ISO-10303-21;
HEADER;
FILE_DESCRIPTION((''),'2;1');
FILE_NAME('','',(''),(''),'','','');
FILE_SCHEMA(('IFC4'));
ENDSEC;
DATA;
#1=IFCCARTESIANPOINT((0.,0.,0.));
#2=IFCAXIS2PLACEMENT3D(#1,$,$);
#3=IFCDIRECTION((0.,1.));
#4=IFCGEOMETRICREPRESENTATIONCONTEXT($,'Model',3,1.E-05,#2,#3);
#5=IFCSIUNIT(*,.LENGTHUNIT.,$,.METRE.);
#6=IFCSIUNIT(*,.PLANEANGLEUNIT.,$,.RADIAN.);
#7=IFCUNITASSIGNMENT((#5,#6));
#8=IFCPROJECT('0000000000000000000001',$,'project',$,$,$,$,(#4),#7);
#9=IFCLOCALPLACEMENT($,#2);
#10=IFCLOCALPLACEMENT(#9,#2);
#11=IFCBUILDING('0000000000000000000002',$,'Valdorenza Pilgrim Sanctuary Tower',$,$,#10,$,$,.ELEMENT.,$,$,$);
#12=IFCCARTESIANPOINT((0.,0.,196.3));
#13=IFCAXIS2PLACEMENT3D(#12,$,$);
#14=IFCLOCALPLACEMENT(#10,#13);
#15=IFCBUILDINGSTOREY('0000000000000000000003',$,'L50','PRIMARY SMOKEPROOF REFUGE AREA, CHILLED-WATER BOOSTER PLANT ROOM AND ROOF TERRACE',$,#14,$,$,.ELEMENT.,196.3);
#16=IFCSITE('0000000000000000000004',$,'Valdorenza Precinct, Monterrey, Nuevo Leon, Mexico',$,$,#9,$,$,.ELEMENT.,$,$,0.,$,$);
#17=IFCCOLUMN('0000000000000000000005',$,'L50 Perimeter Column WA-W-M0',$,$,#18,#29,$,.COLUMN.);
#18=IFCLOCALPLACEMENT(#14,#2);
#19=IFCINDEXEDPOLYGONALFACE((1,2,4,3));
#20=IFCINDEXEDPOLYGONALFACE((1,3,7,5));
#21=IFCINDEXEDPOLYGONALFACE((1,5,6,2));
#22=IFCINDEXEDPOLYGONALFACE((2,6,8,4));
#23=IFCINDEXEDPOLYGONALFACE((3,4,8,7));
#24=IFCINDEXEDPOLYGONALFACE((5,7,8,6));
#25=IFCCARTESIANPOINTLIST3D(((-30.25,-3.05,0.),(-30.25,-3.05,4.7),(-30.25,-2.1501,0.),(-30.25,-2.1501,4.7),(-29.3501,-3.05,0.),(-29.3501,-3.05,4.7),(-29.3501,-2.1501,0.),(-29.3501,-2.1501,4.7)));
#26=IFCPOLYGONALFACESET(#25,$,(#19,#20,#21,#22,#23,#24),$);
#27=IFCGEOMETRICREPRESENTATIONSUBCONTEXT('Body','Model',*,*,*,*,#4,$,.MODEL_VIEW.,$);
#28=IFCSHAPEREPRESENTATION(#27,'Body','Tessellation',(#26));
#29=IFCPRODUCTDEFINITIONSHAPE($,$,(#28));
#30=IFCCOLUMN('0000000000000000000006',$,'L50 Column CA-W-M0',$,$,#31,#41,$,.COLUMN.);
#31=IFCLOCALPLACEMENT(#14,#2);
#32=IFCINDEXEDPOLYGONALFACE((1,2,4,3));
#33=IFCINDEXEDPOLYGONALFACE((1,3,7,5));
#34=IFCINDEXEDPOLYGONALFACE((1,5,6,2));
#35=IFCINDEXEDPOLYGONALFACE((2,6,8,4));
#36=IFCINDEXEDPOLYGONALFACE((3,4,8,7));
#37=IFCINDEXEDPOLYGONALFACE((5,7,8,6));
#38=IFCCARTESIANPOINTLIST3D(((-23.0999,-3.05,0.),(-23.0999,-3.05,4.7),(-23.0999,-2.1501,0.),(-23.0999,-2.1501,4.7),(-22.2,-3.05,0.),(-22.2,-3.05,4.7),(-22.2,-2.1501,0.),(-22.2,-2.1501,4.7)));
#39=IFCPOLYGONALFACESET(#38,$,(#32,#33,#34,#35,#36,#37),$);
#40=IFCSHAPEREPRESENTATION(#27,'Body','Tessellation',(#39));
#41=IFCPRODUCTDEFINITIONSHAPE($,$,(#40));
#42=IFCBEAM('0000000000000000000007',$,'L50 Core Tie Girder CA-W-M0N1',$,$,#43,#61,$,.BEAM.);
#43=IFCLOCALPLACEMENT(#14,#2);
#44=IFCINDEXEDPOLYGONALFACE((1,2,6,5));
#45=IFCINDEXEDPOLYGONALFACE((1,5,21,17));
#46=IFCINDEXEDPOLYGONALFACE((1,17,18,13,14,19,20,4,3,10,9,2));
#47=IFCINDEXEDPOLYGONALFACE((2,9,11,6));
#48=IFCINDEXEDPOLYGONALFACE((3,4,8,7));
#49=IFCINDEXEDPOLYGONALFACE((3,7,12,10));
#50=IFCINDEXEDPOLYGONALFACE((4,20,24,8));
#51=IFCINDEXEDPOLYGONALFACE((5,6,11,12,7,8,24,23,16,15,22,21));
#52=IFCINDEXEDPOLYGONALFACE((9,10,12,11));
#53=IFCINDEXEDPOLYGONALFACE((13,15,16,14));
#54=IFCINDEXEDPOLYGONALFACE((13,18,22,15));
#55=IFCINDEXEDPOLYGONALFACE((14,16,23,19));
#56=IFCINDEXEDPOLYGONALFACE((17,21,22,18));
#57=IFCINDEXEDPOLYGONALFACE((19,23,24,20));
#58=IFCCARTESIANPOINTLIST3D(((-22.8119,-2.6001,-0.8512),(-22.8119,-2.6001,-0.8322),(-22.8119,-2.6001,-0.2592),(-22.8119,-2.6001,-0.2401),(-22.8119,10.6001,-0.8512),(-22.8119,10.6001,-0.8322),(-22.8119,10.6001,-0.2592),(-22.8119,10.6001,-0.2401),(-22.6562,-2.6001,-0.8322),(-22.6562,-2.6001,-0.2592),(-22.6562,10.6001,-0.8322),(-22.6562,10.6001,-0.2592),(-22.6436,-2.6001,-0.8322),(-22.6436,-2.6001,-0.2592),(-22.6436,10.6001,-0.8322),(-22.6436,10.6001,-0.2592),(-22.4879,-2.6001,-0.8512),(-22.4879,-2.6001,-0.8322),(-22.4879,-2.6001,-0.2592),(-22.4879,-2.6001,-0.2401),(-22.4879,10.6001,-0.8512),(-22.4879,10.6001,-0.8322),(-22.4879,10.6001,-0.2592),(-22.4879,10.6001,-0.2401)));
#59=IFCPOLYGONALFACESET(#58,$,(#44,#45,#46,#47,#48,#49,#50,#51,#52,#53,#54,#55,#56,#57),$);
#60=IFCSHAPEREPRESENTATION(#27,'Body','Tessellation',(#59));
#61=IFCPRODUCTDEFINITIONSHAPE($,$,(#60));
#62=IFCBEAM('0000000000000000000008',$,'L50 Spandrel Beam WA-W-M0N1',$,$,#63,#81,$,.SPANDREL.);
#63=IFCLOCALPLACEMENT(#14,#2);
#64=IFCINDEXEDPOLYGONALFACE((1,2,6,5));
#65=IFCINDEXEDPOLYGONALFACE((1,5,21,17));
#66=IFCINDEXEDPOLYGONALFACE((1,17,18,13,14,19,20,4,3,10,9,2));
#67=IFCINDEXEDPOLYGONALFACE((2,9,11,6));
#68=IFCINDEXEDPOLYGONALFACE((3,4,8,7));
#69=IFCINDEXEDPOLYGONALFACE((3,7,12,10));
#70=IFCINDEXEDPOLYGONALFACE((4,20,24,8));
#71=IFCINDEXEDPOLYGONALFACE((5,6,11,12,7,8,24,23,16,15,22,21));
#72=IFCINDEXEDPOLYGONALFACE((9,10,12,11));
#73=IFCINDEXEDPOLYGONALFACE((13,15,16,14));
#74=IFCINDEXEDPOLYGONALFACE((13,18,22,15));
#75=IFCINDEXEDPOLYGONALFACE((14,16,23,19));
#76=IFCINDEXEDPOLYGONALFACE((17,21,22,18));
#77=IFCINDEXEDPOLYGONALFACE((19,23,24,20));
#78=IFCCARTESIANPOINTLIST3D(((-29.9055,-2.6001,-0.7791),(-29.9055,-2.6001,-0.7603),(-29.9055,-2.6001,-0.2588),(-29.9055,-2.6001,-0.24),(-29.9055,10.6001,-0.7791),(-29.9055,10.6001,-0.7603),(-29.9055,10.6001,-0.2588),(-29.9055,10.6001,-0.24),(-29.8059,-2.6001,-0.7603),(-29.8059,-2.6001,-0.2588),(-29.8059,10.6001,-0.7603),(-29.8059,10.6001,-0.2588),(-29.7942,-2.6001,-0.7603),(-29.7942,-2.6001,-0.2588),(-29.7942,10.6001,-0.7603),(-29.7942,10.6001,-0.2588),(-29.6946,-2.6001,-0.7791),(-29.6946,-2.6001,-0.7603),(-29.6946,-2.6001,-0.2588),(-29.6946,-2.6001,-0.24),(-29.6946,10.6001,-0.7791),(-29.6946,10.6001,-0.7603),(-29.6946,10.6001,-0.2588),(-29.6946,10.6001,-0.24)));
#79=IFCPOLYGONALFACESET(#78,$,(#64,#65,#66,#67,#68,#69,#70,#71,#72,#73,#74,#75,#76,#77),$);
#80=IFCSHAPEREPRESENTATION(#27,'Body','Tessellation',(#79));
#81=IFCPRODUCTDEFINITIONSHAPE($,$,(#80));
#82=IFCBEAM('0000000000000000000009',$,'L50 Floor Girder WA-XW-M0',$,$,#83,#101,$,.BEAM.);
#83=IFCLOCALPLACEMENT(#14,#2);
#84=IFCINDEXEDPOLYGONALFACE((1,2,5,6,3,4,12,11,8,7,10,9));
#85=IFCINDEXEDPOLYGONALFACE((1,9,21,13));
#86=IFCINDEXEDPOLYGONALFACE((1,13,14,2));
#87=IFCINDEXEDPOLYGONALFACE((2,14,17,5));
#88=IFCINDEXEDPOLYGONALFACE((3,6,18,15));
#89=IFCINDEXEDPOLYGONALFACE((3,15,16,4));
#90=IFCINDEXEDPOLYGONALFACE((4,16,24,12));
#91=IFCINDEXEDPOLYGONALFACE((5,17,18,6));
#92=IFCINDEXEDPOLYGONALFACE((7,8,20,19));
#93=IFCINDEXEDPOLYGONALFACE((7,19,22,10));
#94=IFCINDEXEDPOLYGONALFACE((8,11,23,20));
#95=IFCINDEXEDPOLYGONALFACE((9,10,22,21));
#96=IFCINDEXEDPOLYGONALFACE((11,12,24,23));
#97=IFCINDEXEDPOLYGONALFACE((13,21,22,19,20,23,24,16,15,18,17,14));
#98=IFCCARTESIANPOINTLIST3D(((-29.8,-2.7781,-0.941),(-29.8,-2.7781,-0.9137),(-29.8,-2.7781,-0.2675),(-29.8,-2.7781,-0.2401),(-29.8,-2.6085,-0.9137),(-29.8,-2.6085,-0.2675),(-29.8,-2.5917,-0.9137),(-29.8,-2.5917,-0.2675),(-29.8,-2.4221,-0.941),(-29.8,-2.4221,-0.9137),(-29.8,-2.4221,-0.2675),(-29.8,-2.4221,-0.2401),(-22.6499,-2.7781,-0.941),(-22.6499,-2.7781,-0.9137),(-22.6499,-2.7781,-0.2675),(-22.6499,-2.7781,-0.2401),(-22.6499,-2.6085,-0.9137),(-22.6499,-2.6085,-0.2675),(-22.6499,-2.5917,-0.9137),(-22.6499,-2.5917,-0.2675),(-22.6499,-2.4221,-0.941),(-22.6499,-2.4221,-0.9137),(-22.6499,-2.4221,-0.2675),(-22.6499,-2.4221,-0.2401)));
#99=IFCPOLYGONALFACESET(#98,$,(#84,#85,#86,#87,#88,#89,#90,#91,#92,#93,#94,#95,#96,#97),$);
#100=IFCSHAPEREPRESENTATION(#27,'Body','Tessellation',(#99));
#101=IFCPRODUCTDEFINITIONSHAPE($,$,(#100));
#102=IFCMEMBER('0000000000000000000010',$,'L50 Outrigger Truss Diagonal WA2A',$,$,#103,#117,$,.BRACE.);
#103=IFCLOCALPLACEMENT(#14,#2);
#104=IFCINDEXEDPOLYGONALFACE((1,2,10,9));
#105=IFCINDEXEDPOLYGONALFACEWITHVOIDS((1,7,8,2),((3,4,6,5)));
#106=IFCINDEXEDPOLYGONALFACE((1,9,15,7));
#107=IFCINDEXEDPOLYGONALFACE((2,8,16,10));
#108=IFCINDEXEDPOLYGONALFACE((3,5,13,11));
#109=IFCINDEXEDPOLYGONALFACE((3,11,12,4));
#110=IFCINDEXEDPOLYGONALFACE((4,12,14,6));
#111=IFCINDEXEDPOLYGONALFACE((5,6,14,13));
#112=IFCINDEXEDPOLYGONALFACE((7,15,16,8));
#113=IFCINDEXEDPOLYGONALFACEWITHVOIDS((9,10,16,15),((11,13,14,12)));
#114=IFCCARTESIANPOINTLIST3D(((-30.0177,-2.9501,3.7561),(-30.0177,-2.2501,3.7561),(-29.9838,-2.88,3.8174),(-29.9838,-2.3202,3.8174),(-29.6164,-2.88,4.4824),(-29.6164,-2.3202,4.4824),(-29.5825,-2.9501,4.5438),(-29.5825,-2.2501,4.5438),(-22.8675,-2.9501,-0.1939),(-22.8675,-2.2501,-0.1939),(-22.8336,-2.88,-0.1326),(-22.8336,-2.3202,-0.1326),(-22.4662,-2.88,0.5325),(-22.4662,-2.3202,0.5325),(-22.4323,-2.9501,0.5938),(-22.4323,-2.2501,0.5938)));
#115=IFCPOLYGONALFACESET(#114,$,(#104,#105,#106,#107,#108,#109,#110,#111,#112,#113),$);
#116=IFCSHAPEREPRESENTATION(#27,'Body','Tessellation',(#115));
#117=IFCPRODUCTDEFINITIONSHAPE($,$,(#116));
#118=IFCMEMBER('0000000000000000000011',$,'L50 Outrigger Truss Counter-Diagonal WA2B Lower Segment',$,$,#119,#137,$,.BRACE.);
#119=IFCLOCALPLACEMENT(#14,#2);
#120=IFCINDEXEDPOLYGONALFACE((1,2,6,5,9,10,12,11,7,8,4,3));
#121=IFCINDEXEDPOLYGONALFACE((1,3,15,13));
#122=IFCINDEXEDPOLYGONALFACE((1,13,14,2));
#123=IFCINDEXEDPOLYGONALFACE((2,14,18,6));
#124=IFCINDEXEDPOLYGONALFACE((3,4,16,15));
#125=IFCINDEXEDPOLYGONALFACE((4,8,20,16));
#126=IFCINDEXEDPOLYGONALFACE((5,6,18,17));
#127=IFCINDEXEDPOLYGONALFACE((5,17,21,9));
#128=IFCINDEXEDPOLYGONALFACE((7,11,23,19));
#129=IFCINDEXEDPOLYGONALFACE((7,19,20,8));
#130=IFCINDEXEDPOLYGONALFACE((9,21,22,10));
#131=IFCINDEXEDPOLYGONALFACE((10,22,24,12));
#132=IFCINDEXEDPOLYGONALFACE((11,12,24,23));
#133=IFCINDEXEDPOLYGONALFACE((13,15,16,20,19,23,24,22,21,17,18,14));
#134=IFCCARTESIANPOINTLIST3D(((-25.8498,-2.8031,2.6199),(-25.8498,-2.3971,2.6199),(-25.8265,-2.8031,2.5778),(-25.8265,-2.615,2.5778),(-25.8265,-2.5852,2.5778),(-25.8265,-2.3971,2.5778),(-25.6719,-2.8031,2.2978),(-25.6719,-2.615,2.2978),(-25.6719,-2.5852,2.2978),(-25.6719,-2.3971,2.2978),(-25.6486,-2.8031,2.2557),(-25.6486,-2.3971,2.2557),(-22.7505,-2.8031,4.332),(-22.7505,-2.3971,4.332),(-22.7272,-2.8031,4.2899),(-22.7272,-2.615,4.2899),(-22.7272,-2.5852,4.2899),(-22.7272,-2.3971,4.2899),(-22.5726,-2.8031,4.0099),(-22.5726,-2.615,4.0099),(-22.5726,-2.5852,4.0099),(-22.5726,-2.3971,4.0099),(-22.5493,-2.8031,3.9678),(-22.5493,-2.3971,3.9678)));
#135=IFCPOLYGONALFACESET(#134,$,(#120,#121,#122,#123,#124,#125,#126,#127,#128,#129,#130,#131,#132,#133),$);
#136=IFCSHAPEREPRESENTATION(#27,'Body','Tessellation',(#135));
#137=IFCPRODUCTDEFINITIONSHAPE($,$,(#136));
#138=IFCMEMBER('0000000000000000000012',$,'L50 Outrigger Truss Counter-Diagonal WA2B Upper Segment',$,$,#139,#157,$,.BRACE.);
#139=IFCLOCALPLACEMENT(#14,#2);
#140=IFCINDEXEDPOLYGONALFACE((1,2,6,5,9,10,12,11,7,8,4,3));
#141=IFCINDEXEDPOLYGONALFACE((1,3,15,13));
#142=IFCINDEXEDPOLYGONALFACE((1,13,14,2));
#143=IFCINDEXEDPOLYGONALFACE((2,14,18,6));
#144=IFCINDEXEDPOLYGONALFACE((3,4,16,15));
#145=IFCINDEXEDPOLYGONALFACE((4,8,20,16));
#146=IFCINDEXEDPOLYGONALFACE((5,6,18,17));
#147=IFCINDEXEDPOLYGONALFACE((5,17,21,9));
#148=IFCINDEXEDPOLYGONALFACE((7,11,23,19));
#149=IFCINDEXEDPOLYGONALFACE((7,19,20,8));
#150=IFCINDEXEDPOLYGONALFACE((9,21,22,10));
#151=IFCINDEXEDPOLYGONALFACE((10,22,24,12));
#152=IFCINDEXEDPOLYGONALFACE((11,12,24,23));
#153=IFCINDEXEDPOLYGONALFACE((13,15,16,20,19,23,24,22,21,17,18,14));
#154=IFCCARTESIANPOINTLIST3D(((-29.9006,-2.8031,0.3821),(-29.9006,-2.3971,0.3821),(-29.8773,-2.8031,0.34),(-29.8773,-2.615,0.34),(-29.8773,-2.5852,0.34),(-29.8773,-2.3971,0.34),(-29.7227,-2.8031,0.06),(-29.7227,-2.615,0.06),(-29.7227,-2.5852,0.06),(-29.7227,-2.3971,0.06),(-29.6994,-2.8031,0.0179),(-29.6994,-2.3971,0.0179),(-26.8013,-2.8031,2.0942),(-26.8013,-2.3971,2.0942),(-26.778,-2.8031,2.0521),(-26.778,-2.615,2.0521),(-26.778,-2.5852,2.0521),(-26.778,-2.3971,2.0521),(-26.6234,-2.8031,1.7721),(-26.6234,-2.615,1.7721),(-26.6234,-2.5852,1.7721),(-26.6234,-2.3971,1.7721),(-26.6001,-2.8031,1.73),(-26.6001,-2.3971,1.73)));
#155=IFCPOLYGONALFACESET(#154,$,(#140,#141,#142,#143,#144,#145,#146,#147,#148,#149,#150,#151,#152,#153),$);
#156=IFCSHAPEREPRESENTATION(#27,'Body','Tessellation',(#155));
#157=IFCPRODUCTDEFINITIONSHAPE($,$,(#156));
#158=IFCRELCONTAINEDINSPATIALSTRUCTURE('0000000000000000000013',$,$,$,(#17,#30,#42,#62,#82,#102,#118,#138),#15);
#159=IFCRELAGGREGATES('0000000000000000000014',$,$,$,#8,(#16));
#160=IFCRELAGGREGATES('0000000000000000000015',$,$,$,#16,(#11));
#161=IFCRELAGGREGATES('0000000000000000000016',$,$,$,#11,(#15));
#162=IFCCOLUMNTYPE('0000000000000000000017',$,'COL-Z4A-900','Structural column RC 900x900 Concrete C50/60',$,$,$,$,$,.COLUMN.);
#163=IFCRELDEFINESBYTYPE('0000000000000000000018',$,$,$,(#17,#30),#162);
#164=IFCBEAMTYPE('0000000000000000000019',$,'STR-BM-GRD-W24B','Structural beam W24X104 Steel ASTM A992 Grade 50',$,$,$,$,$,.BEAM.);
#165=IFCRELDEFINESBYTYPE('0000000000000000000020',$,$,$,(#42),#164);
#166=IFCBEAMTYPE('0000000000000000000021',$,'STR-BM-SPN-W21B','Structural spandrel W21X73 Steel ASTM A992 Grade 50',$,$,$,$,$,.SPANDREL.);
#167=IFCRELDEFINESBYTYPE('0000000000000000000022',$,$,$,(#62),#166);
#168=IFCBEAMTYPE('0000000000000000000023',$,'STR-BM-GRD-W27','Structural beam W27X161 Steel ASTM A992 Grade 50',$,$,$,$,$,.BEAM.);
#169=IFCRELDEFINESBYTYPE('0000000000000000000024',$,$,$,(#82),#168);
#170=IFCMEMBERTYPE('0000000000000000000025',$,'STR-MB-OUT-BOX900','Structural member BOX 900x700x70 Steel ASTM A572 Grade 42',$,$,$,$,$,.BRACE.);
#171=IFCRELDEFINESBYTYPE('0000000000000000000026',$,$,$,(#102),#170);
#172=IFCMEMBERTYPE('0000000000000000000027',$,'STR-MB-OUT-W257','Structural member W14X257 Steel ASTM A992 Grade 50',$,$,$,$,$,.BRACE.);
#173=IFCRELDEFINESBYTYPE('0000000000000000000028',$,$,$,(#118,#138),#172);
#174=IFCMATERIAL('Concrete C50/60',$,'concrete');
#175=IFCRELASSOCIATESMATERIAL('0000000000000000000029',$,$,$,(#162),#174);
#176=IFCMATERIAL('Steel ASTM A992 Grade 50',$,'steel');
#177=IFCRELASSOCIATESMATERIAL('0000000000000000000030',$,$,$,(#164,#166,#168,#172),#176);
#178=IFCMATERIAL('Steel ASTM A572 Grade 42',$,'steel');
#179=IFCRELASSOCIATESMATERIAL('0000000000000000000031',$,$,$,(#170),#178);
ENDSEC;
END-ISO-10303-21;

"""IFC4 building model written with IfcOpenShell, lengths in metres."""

from ifc_helpers import new_model, si_unit, direction, frame, origin, origin_2d, place, context, subcontext, project, spatial, rectangle, hollow_rectangle, i_section, extrude, source, transform, mapped, material, material_profile, profile_set, type_object, element, save


model = new_model("IFC4")

# Units and contexts
model_context = context("Model", 3, precision=1e-05, world=origin(), true_north=direction((0.0, 1.0)))
body_context = subcontext(model_context, "Body", "Model", "MODEL_VIEW")
ifc_project = project(units=[si_unit("LENGTHUNIT", "METRE"), si_unit("PLANEANGLEUNIT", "RADIAN")], contexts=[model_context])

# Site, building, storey
site_placement = place(None, origin())
site = spatial("IfcSite", under=ifc_project, at=site_placement, Name="Valdorenza Precinct, Monterrey, Nuevo Leon, Mexico", CompositionType="ELEMENT", RefElevation=0.0)
building_placement = place(site_placement, origin())
building = spatial("IfcBuilding", under=site, at=building_placement, Name="Valdorenza Pilgrim Sanctuary Tower", CompositionType="ELEMENT")
storey_placement = place(building_placement, frame((0.0, 0.0, 196.3)))
storey = spatial("IfcBuildingStorey", under=building, at=storey_placement, Name="L50", Description="PRIMARY SMOKEPROOF REFUGE AREA, CHILLED-WATER BOOSTER PLANT ROOM AND ROOF TERRACE", CompositionType="ELEMENT", Elevation=196.3)

# Columns
ifc_material_1 = material(Name="Concrete C50/60", Category="concrete")
ifc_material_profile_1 = material_profile(ifc_material_1, rectangle(XDim=0.8999, YDim=0.8999, at=origin_2d()), Name="RC 900x900")
ifc_profile_set_1 = profile_set([ifc_material_profile_1], Name="Concrete C50/60")
column_type = type_object("IfcColumnType", Name="COL-Z4A-900", Description="Structural column RC 900x900 Concrete C50/60", PredefinedType="COLUMN", material=ifc_profile_set_1)
shared_shape_1 = source(origin(), body_context, "Body", "SweptSolid", [
    extrude(rectangle(XDim=0.8999, YDim=0.8999, at=origin_2d()), origin(), (0.0, 0.0, 1.0), 4.7),
])
for number, where, z_axis, x_axis, name in (
    (1, (-29.8, -2.6001, 0.0), (0.0, 0.0, 1.0), (1.0, 0.0, 0.0), "L50 Perimeter Column WA-W-M0"),
    (2, (-22.6499, -2.6001, 0.0), (0.0, 0.0, 1.0), (1.0, 0.0, 0.0), "L50 Column CA-W-M0"),
):
    element("IfcColumn", number, at=place(storey_placement, frame(where, z_axis=z_axis, x_axis=x_axis)), inside=storey, type_object=column_type, Name=name, PredefinedType="COLUMN", context=body_context, shape_type="MappedRepresentation", body=[
        mapped(shared_shape_1, transform((0.0, 0.0, 0.0), x_axis=(1.0, 0.0, 0.0), y_axis=(0.0, 1.0, 0.0), z_axis=(0.0, 0.0, 1.0), scale=1.0)),
    ])

# Beams
ifc_material_2 = material(Name="Steel ASTM A992 Grade 50", Category="steel")
ifc_material_profile_2 = material_profile(ifc_material_2, i_section(OverallWidth=0.324, OverallDepth=0.6111, WebThickness=0.0127, FlangeThickness=0.019, at=origin_2d()), Name="W24X104")
ifc_profile_set_2 = profile_set([ifc_material_profile_2], Name="Steel ASTM A992 Grade 50")
beam_type_1 = type_object("IfcBeamType", Name="STR-BM-GRD-W24B", Description="Structural beam W24X104 Steel ASTM A992 Grade 50", PredefinedType="BEAM", material=ifc_profile_set_2)
shared_shape_2 = source(origin(), body_context, "Body", "SweptSolid", [
    extrude(i_section(OverallWidth=0.324, OverallDepth=0.6111, WebThickness=0.0127, FlangeThickness=0.019, at=origin_2d()), origin(), (0.0, 0.0, 1.0), 13.2002),
])
beam_1_placement = place(storey_placement, frame((-22.6499, -2.6001, -0.5457), z_axis=(0.0, 1.0, 0.0), x_axis=(-1.0, 0.0, 0.0)))
element("IfcBeam", 3, at=beam_1_placement, inside=storey, type_object=beam_type_1, Name="L50 Core Tie Girder CA-W-M0N1", PredefinedType="BEAM", context=body_context, shape_type="MappedRepresentation", body=[
    mapped(shared_shape_2, transform((0.0, 0.0, 0.0), x_axis=(1.0, 0.0, 0.0), y_axis=(0.0, 1.0, 0.0), z_axis=(0.0, 0.0, 1.0), scale=1.0)),
])
ifc_material_profile_3 = material_profile(ifc_material_2, i_section(OverallWidth=0.2109, OverallDepth=0.5391, WebThickness=0.0117, FlangeThickness=0.0188, at=origin_2d()), Name="W21X73")
ifc_profile_set_3 = profile_set([ifc_material_profile_3], Name="Steel ASTM A992 Grade 50")
beam_type_2 = type_object("IfcBeamType", Name="STR-BM-SPN-W21B", Description="Structural spandrel W21X73 Steel ASTM A992 Grade 50", PredefinedType="SPANDREL", material=ifc_profile_set_3)
shared_shape_3 = source(origin(), body_context, "Body", "SweptSolid", [
    extrude(i_section(OverallWidth=0.2109, OverallDepth=0.5391, WebThickness=0.0117, FlangeThickness=0.0188, at=origin_2d()), origin(), (0.0, 0.0, 1.0), 13.2002),
])
beam_2_placement = place(storey_placement, frame((-29.8, -2.6001, -0.5095), z_axis=(0.0, 1.0, 0.0), x_axis=(-1.0, 0.0, 0.0)))
element("IfcBeam", 4, at=beam_2_placement, inside=storey, type_object=beam_type_2, Name="L50 Spandrel Beam WA-W-M0N1", PredefinedType="SPANDREL", context=body_context, shape_type="MappedRepresentation", body=[
    mapped(shared_shape_3, transform((0.0, 0.0, 0.0), x_axis=(1.0, 0.0, 0.0), y_axis=(0.0, 1.0, 0.0), z_axis=(0.0, 0.0, 1.0), scale=1.0)),
])
ifc_material_profile_4 = material_profile(ifc_material_2, i_section(OverallWidth=0.356, OverallDepth=0.7009, WebThickness=0.0168, FlangeThickness=0.0273, at=origin_2d()), Name="W27X161")
ifc_profile_set_4 = profile_set([ifc_material_profile_4], Name="Steel ASTM A992 Grade 50")
beam_type_3 = type_object("IfcBeamType", Name="STR-BM-GRD-W27", Description="Structural beam W27X161 Steel ASTM A992 Grade 50", PredefinedType="BEAM", material=ifc_profile_set_4)
shared_shape_4 = source(origin(), body_context, "Body", "SweptSolid", [
    extrude(i_section(OverallWidth=0.356, OverallDepth=0.7009, WebThickness=0.0168, FlangeThickness=0.0273, at=origin_2d()), origin(), (0.0, 0.0, 1.0), 7.1501),
])
beam_3_placement = place(storey_placement, frame((-29.8, -2.6001, -0.5906), z_axis=(1.0, 0.0, 0.0), x_axis=(0.0, 1.0, 0.0)))
element("IfcBeam", 5, at=beam_3_placement, inside=storey, type_object=beam_type_3, Name="L50 Floor Girder WA-XW-M0", PredefinedType="BEAM", context=body_context, shape_type="MappedRepresentation", body=[
    mapped(shared_shape_4, transform((0.0, 0.0, 0.0), x_axis=(1.0, 0.0, 0.0), y_axis=(0.0, 1.0, 0.0), z_axis=(0.0, 0.0, 1.0), scale=1.0)),
])

# Members
ifc_material_3 = material(Name="Steel ASTM A572 Grade 42", Category="steel")
ifc_material_profile_5 = material_profile(ifc_material_3, hollow_rectangle(XDim=0.7, YDim=0.8999, WallThickness=0.0701, at=origin_2d()), Name="BOX 900x700x70")
ifc_profile_set_5 = profile_set([ifc_material_profile_5], Name="Steel ASTM A572 Grade 42")
member_type_1 = type_object("IfcMemberType", Name="STR-MB-OUT-BOX900", Description="Structural member BOX 900x700x70 Steel ASTM A572 Grade 42", PredefinedType="BRACE", material=ifc_profile_set_5)
shared_shape_5 = source(origin(), body_context, "Body", "SweptSolid", [
    extrude(hollow_rectangle(XDim=0.7, YDim=0.8999, WallThickness=0.0701, at=origin_2d()), origin(), (0.0, 0.0, 1.0), 8.1687),
])
member_1_placement = place(storey_placement, frame((-22.6499, -2.6001, 0.2), z_axis=(-0.875316, 0.0, 0.483551), x_axis=(0.0, -1.0, 0.0)))
element("IfcMember", 6, at=member_1_placement, inside=storey, type_object=member_type_1, Name="L50 Outrigger Truss Diagonal WA2A", PredefinedType="BRACE", context=body_context, shape_type="MappedRepresentation", body=[
    mapped(shared_shape_5, transform((0.0, 0.0, 0.0), x_axis=(1.0, 0.0, 0.0), y_axis=(0.0, 1.0, 0.0), z_axis=(0.0, 0.0, 1.0), scale=1.0)),
])
ifc_material_profile_6 = material_profile(ifc_material_2, i_section(OverallWidth=0.406, OverallDepth=0.416, WebThickness=0.0298, FlangeThickness=0.0481, at=origin_2d()), Name="W14X257")
ifc_profile_set_6 = profile_set([ifc_material_profile_6], Name="Steel ASTM A992 Grade 50")
member_type_2 = type_object("IfcMemberType", Name="STR-MB-OUT-W257", Description="Structural member W14X257 Steel ASTM A992 Grade 50", PredefinedType="BRACE", material=ifc_profile_set_6)
shared_shape_6 = source(origin(), body_context, "Body", "SweptSolid", [
    extrude(i_section(OverallWidth=0.406, OverallDepth=0.416, WebThickness=0.0298, FlangeThickness=0.0481, at=origin_2d()), origin(), (0.0, 0.0, 1.0), 3.5408),
])
for number, where, z_axis, x_axis, name in (
    (7, (-22.6499, -2.6001, 4.1499), (-0.875319, 0.0, -0.483546), (0.0, -1.0, 0.0), "L50 Outrigger Truss Counter-Diagonal WA2B Lower Segment"),
    (8, (-26.7007, -2.6001, 1.9121), (-0.875319, 0.0, -0.483546), (0.0, -1.0, 0.0), "L50 Outrigger Truss Counter-Diagonal WA2B Upper Segment"),
):
    element("IfcMember", number, at=place(storey_placement, frame(where, z_axis=z_axis, x_axis=x_axis)), inside=storey, type_object=member_type_2, Name=name, PredefinedType="BRACE", context=body_context, shape_type="MappedRepresentation", body=[
        mapped(shared_shape_6, transform((0.0, 0.0, 0.0), x_axis=(1.0, 0.0, 0.0), y_axis=(0.0, 1.0, 0.0), z_axis=(0.0, 0.0, 1.0), scale=1.0)),
    ])

save(model, "model.ifc")
